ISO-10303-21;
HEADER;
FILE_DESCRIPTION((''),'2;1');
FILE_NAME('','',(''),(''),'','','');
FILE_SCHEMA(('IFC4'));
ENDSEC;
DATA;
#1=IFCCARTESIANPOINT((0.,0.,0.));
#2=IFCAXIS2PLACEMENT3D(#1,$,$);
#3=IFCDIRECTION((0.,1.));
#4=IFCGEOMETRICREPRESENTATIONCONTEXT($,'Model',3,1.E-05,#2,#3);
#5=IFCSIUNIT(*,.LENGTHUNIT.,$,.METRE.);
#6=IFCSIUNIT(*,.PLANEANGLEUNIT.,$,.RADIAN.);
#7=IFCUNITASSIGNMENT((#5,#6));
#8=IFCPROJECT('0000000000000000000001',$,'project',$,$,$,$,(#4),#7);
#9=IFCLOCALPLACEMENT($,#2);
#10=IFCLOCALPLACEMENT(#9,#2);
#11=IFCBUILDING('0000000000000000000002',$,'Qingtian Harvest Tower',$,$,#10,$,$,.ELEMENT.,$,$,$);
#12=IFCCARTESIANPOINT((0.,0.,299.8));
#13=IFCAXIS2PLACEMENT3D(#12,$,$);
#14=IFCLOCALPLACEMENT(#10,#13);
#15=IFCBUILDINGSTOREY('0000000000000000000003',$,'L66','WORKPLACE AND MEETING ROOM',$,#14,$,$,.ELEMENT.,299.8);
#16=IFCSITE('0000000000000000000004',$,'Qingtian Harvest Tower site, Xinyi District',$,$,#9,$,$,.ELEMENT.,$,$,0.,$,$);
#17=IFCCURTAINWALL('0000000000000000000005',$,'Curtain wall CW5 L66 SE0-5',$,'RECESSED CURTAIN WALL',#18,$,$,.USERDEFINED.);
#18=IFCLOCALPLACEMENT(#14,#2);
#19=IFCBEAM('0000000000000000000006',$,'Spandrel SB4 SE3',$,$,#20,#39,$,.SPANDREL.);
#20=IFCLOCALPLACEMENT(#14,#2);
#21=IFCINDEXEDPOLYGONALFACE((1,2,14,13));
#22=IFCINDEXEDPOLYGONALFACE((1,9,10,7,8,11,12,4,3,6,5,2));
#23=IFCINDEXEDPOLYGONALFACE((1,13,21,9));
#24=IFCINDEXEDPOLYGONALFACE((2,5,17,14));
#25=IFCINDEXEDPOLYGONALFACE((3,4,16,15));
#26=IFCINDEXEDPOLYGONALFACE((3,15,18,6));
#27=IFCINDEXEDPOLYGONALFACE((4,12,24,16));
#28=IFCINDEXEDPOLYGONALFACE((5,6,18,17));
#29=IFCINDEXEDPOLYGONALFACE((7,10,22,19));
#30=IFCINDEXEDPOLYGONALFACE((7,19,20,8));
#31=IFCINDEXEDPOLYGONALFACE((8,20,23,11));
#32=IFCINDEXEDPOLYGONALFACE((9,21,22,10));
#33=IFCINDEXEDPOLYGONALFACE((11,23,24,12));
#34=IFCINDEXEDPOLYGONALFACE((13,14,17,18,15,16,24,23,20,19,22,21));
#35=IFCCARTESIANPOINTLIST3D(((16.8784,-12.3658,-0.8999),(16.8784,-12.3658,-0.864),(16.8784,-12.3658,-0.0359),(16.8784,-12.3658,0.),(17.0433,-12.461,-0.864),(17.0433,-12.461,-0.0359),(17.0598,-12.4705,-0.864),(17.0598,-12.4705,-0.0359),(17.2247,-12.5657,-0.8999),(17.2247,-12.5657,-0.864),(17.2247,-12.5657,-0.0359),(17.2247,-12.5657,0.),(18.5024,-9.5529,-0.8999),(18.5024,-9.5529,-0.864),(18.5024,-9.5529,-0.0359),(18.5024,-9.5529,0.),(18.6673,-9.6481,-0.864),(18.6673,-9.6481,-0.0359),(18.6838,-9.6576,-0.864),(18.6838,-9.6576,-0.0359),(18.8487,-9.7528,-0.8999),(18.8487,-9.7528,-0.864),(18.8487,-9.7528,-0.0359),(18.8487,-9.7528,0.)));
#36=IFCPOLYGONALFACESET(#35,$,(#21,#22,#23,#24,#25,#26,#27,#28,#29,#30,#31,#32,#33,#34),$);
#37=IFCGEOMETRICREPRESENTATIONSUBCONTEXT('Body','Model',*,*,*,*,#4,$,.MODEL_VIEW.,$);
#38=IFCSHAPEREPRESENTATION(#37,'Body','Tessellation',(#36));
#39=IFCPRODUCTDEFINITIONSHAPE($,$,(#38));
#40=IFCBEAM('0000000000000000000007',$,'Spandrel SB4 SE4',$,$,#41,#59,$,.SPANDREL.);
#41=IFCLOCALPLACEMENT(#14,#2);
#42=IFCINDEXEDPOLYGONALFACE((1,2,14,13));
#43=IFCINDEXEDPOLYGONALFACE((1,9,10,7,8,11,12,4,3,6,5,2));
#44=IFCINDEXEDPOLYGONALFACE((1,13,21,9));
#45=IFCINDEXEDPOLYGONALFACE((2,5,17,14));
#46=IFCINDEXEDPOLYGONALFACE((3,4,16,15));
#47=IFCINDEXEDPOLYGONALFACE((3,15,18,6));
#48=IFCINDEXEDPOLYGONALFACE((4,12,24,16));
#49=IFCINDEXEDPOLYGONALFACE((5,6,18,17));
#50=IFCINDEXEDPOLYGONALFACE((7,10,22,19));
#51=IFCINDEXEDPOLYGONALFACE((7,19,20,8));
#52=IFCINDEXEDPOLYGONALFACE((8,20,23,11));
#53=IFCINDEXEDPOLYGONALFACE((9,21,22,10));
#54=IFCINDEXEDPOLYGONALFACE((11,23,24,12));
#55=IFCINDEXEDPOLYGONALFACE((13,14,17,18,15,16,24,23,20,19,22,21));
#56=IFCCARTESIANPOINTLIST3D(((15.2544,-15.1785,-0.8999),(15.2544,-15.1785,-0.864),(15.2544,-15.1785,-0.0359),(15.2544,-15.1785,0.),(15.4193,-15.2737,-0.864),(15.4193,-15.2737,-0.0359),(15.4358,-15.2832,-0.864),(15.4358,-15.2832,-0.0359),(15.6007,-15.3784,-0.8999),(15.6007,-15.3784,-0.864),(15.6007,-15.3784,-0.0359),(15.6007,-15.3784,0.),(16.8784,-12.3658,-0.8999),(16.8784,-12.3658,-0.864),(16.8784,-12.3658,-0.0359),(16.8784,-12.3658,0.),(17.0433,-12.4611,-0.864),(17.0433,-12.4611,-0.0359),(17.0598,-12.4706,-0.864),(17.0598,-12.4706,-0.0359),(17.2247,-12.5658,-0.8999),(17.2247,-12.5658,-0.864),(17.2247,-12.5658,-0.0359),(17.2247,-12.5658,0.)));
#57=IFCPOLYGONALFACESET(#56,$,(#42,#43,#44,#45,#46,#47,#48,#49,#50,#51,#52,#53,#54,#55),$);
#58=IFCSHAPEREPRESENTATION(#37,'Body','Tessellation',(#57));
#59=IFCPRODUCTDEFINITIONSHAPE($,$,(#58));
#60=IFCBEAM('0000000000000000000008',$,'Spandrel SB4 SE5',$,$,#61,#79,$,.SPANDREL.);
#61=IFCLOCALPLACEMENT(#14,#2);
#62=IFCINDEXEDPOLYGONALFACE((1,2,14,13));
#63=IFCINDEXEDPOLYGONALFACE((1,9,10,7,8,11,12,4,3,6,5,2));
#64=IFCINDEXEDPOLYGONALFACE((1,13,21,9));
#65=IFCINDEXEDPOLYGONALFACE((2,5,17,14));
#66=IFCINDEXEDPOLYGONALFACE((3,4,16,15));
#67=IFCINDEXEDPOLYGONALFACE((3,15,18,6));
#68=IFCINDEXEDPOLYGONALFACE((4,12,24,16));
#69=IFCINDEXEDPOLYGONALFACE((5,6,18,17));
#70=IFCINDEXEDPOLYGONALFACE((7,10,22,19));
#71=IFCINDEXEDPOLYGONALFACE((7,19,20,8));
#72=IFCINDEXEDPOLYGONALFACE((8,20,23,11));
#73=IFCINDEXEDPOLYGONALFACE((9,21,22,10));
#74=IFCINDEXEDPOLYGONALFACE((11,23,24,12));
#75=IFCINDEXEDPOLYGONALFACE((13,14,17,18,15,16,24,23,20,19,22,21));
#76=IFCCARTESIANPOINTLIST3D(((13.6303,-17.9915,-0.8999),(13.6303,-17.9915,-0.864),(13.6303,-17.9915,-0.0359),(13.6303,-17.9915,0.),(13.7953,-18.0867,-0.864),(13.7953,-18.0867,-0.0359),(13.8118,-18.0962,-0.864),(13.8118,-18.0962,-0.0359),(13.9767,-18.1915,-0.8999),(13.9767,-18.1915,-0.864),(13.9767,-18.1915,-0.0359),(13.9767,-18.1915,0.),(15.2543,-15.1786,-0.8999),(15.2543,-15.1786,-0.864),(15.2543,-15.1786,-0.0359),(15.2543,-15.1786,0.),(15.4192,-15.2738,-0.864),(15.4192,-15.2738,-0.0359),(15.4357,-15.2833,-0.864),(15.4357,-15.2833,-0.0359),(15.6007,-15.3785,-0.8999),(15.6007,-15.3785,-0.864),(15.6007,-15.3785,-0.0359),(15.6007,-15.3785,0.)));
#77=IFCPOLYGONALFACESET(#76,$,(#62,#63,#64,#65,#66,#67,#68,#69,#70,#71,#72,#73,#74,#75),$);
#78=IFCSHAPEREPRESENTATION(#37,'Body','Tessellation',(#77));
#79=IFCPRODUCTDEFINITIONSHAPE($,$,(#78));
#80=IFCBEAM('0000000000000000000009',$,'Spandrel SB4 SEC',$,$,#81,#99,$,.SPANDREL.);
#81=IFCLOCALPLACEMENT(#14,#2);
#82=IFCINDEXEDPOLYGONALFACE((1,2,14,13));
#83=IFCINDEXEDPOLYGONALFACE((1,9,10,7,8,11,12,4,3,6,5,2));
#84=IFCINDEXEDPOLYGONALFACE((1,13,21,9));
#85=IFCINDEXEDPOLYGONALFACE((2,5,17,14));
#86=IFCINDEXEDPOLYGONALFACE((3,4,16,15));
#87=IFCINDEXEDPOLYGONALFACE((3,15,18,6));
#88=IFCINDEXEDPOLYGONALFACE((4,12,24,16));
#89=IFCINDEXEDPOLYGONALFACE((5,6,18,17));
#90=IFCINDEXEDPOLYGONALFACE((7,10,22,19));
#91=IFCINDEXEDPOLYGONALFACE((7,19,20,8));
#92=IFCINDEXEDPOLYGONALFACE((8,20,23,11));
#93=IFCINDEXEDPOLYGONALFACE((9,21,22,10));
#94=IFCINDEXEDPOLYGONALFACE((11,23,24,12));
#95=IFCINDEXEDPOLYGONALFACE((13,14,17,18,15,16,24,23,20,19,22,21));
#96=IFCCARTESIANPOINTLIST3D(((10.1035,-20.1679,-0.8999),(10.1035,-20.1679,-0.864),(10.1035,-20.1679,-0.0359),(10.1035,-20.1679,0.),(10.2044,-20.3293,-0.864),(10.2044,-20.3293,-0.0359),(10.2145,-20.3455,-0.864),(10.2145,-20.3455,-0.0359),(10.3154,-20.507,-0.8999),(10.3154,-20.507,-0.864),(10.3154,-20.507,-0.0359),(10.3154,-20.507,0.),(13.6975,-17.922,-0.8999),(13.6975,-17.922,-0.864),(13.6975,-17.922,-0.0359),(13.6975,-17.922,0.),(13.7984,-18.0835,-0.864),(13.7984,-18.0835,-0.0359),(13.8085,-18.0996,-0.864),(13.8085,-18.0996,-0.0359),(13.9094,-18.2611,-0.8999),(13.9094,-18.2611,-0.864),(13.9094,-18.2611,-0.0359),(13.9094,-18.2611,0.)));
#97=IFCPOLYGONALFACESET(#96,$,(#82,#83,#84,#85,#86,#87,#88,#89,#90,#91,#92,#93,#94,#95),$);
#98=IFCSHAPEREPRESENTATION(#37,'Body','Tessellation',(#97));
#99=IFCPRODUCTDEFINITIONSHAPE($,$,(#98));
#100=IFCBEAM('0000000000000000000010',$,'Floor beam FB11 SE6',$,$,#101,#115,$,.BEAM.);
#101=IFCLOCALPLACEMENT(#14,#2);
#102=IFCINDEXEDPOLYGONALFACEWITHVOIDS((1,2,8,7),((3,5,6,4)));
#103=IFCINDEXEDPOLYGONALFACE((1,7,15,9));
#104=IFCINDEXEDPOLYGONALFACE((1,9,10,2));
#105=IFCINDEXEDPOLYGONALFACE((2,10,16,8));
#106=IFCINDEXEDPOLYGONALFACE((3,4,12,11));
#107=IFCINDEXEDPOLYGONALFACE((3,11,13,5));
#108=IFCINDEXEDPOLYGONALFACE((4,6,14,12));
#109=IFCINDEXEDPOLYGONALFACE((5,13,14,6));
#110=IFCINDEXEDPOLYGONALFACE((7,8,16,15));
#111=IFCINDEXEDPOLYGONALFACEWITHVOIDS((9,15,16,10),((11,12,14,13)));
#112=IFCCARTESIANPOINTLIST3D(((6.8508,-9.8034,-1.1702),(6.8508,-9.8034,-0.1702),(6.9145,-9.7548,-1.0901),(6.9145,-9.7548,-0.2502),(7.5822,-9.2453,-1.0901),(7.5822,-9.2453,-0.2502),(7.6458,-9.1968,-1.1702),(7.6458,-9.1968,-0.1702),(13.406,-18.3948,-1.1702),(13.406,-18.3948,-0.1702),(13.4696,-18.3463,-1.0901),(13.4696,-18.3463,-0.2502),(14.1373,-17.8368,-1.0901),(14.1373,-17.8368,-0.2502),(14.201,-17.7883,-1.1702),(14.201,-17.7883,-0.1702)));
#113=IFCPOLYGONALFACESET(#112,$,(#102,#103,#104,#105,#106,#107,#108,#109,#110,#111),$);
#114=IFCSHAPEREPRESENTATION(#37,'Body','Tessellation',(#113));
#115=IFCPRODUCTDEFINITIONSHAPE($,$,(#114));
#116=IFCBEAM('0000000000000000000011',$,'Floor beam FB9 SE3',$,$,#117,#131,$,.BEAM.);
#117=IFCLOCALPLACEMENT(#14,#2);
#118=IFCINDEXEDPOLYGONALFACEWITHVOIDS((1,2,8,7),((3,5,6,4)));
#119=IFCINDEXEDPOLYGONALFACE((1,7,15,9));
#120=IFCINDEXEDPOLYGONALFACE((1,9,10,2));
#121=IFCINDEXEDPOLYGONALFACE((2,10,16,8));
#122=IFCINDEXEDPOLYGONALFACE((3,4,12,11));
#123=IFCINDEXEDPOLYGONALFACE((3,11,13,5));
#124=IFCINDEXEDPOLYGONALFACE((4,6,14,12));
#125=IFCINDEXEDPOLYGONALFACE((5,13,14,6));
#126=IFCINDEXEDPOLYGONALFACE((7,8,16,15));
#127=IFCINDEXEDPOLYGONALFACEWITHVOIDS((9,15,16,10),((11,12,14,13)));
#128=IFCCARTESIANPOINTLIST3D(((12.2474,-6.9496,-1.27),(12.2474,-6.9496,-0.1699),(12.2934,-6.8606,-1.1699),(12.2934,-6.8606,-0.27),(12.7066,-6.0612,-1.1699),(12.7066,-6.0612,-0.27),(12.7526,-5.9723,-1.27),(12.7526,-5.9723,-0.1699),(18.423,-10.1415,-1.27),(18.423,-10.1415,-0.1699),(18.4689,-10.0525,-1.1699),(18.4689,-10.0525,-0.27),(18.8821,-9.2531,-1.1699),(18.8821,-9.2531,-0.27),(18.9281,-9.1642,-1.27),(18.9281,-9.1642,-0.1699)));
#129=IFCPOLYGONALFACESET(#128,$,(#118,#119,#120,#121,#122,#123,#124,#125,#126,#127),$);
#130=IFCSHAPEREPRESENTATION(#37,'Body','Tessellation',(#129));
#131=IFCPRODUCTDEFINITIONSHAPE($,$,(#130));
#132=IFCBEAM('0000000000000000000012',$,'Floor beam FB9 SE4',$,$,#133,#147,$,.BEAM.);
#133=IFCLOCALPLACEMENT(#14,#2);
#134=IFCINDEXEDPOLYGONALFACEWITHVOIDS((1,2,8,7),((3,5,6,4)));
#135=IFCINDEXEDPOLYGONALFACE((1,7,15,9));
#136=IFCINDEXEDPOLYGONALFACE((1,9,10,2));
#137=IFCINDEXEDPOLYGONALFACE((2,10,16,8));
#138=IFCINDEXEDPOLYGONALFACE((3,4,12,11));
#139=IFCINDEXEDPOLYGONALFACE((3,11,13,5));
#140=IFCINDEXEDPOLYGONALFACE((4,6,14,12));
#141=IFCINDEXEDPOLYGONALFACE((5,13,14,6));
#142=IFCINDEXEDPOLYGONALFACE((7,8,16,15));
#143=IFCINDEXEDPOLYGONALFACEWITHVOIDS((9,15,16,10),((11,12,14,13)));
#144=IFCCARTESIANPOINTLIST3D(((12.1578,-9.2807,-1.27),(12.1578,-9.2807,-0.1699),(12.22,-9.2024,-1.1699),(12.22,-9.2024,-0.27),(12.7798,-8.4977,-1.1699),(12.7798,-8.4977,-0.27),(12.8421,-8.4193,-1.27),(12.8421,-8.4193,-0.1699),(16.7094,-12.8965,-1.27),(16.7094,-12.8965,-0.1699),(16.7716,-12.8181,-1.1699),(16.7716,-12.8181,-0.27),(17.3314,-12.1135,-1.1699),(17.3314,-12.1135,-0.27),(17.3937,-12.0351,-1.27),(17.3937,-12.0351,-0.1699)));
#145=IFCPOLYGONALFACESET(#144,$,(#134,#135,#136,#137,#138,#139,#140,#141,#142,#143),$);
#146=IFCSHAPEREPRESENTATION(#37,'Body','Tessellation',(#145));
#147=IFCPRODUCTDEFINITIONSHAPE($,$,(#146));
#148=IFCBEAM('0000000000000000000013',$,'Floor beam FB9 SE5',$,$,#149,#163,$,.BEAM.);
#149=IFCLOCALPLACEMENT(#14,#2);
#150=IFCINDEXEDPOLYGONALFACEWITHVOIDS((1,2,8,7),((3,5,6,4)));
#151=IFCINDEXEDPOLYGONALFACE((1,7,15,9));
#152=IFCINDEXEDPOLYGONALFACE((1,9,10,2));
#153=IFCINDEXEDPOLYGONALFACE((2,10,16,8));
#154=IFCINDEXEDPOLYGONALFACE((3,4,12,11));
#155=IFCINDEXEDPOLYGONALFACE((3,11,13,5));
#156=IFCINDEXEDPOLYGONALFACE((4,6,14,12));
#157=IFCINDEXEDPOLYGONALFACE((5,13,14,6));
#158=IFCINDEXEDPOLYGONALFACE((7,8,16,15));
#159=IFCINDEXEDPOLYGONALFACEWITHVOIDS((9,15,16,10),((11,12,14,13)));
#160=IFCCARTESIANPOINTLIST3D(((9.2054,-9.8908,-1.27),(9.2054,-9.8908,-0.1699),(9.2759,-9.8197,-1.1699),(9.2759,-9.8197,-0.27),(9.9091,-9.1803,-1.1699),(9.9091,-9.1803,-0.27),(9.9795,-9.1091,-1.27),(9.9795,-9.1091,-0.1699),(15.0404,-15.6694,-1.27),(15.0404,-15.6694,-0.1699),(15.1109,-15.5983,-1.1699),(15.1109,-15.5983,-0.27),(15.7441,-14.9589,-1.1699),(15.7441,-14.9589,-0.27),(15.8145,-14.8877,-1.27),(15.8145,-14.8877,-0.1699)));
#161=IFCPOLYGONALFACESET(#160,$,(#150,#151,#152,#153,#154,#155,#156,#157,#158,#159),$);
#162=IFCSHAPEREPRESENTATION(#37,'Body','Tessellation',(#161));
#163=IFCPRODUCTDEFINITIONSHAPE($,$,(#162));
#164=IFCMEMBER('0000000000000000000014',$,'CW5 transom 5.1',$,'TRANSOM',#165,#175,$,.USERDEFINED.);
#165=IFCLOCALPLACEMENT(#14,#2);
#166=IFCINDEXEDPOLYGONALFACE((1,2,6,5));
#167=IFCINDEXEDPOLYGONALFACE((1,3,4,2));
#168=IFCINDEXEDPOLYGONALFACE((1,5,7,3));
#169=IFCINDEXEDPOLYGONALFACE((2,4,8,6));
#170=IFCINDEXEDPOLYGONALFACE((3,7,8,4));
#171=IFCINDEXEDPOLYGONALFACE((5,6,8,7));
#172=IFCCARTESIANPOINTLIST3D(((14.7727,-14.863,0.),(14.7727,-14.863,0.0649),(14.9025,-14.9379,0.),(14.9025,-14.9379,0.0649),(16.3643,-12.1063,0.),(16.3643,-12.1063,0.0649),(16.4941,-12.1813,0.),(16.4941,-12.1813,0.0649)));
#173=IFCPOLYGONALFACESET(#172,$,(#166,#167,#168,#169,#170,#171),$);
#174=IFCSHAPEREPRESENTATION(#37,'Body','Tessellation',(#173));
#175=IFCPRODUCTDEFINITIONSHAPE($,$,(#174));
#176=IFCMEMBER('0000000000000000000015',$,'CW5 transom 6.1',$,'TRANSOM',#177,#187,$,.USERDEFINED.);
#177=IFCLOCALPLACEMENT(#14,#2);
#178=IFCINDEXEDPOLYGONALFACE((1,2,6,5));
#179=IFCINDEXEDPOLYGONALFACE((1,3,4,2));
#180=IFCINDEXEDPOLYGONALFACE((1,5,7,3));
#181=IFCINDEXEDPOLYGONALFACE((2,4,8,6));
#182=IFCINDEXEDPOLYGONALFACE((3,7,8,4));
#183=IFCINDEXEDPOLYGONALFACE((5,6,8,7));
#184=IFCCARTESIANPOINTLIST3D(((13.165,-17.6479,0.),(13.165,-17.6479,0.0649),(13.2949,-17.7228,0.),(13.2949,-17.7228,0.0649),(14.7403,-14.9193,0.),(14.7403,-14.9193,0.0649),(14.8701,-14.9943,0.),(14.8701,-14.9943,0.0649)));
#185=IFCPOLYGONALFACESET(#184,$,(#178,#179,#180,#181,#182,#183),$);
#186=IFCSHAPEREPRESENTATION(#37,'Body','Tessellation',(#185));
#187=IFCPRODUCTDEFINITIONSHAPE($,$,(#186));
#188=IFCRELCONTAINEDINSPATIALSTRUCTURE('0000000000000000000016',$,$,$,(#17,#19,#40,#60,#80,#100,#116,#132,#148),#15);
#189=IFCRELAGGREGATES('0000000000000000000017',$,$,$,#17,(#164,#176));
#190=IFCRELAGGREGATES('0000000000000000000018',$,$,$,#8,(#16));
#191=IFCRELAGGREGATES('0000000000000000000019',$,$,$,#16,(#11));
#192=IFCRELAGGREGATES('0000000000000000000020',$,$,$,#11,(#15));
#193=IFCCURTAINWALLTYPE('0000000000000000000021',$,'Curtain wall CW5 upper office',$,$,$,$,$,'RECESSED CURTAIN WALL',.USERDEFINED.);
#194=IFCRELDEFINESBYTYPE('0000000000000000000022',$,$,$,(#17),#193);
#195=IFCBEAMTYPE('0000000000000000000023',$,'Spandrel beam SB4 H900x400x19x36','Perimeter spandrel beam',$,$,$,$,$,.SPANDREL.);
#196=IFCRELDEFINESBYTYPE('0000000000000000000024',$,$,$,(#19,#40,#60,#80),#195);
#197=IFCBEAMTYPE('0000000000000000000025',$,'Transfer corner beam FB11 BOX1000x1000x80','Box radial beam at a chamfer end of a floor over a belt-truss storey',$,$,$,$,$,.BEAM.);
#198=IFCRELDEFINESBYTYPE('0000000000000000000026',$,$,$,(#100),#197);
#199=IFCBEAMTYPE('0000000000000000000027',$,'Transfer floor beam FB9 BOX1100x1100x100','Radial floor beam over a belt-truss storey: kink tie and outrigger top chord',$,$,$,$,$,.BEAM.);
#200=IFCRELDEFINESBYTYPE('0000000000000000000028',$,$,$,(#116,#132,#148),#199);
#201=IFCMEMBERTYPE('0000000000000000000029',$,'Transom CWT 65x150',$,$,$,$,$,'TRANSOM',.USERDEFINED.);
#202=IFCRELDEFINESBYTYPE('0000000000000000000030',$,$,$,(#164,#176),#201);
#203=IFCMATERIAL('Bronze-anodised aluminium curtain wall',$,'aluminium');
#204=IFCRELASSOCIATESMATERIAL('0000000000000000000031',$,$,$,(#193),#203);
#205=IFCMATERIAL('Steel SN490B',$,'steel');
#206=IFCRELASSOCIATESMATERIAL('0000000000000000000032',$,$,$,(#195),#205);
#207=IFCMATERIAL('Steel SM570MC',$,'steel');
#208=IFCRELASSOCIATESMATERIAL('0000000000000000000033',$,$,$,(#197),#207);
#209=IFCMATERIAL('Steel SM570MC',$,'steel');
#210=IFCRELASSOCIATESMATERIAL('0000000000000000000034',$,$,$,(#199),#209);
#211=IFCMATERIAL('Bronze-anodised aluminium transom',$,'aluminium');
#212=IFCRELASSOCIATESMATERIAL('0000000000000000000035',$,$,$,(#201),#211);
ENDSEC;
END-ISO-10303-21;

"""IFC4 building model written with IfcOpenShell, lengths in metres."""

from ifc_helpers import new_model, si_unit, direction, frame, origin, origin_2d, place, context, subcontext, project, spatial, rectangle, hollow_rectangle, i_section, extrude, material, material_profile, profile_set, type_object, element, aggregate, save


model = new_model("IFC4")

# Units and contexts
model_context = context("Model", 3, precision=1e-05, world=origin(), true_north=direction((0.0, 1.0)))
body_context = subcontext(model_context, "Body", "Model", "MODEL_VIEW")
ifc_project = project(units=[si_unit("LENGTHUNIT", "METRE"), si_unit("PLANEANGLEUNIT", "RADIAN")], contexts=[model_context])

# Site, building, storey
site_placement = place(None, origin())
site = spatial("IfcSite", under=ifc_project, at=site_placement, Name="Qingtian Harvest Tower site, Xinyi District", CompositionType="ELEMENT", RefElevation=0.0)
building_placement = place(site_placement, origin())
building = spatial("IfcBuilding", under=site, at=building_placement, Name="Qingtian Harvest Tower", CompositionType="ELEMENT")
storey_placement = place(building_placement, frame((0.0, 0.0, 299.8)))
storey = spatial("IfcBuildingStorey", under=building, at=storey_placement, Name="L66", Description="WORKPLACE AND MEETING ROOM", CompositionType="ELEMENT", Elevation=299.8)

# Curtain wall
ifc_material_1 = material(Name="Bronze-anodised aluminium curtain wall", Category="aluminium")
curtain_wall_type = type_object("IfcCurtainWallType", Name="Curtain wall CW5 upper office", ElementType="RECESSED CURTAIN WALL", PredefinedType="USERDEFINED", material=ifc_material_1)
curtain_wall_1_placement = place(storey_placement, origin())
curtain_wall_1 = element("IfcCurtainWall", 1, at=curtain_wall_1_placement, inside=storey, type_object=curtain_wall_type, Name="Curtain wall CW5 L66 SE0-5", ObjectType="RECESSED CURTAIN WALL", PredefinedType="USERDEFINED")

# Beams
ifc_material_2 = material(Name="Steel SN490B", Category="steel")
ifc_material_profile_1 = material_profile(ifc_material_2, i_section(OverallWidth=0.3999, OverallDepth=0.8999, WebThickness=0.019, FlangeThickness=0.0359, at=origin_2d()), Name="H900x400x19x36")
ifc_profile_set_1 = profile_set([ifc_material_profile_1], Name="Steel SN490B")
beam_type_1 = type_object("IfcBeamType", Name="Spandrel beam SB4 H900x400x19x36", Description="Perimeter spandrel beam", PredefinedType="SPANDREL", material=ifc_profile_set_1)
beam_1_placement = place(storey_placement, frame((18.6755, -9.6528, -0.45), z_axis=(-0.499987, -0.866033, 0.0), x_axis=(0.866033, -0.499987, 0.0)))
element("IfcBeam", 2, at=beam_1_placement, inside=storey, type_object=beam_type_1, Name="Spandrel SB4 SE3", PredefinedType="SPANDREL", context=body_context, shape_type="SweptSolid", body=[
    extrude(i_section(OverallWidth=0.3999, OverallDepth=0.8999, WebThickness=0.019, FlangeThickness=0.0359, at=origin_2d()), origin(), (0.0, 0.0, 1.0), 3.248),
])
beam_2_placement = place(storey_placement, frame((17.0515, -12.4658, -0.45), z_axis=(-0.50002, -0.866014, 0.0), x_axis=(0.866014, -0.50002, 0.0)))
element("IfcBeam", 3, at=beam_2_placement, inside=storey, type_object=beam_type_1, Name="Spandrel SB4 SE4", PredefinedType="SPANDREL", context=body_context, shape_type="SweptSolid", body=[
    extrude(i_section(OverallWidth=0.3999, OverallDepth=0.8999, WebThickness=0.019, FlangeThickness=0.0359, at=origin_2d()), origin(), (0.0, 0.0, 1.0), 3.2478),
])
beam_3_placement = place(storey_placement, frame((15.4275, -15.2786, -0.45), z_axis=(-0.499987, -0.866033, 0.0), x_axis=(0.866033, -0.499987, 0.0)))
element("IfcBeam", 4, at=beam_3_placement, inside=storey, type_object=beam_type_1, Name="Spandrel SB4 SE5", PredefinedType="SPANDREL", context=body_context, shape_type="SweptSolid", body=[
    extrude(i_section(OverallWidth=0.3999, OverallDepth=0.8999, WebThickness=0.019, FlangeThickness=0.0359, at=origin_2d()), origin(), (0.0, 0.0, 1.0), 3.248),
])
beam_4_placement = place(storey_placement, frame((13.8035, -18.0916, -0.45), z_axis=(-0.84804, -0.529932, 0.0), x_axis=(0.529932, -0.84804, 0.0)))
element("IfcBeam", 5, at=beam_4_placement, inside=storey, type_object=beam_type_1, Name="Spandrel SB4 SEC", PredefinedType="SPANDREL", context=body_context, shape_type="SweptSolid", body=[
    extrude(i_section(OverallWidth=0.3999, OverallDepth=0.8999, WebThickness=0.019, FlangeThickness=0.0359, at=origin_2d()), origin(), (0.0, 0.0, 1.0), 4.238),
])
ifc_material_3 = material(Name="Steel SM570MC", Category="steel")
ifc_material_profile_2 = material_profile(ifc_material_3, hollow_rectangle(XDim=1.0, YDim=1.0, WallThickness=0.0801, at=origin_2d()), Name="BOX1000x1000x80")
ifc_profile_set_2 = profile_set([ifc_material_profile_2], Name="Steel SM570MC")
beam_type_2 = type_object("IfcBeamType", Name="Transfer corner beam FB11 BOX1000x1000x80", Description="Box radial beam at a chamfer end of a floor over a belt-truss storey", PredefinedType="BEAM", material=ifc_profile_set_2)
beam_5_placement = place(storey_placement, frame((13.8035, -18.0916, -0.6702), z_axis=(-0.606584, 0.79502, 0.0), x_axis=(-0.79502, -0.606584, 0.0)))
element("IfcBeam", 6, at=beam_5_placement, inside=storey, type_object=beam_type_2, Name="Floor beam FB11 SE6", PredefinedType="BEAM", context=body_context, shape_type="SweptSolid", body=[
    extrude(hollow_rectangle(XDim=1.0, YDim=1.0, WallThickness=0.0801, at=origin_2d()), origin(), (0.0, 0.0, 1.0), 10.8066),
])
ifc_material_4 = material(Name="Steel SM570MC", Category="steel")
ifc_material_profile_3 = material_profile(ifc_material_4, hollow_rectangle(XDim=1.1001, YDim=1.1001, WallThickness=0.1001, at=origin_2d()), Name="BOX1100x1100x100")
ifc_profile_set_3 = profile_set([ifc_material_profile_3], Name="Steel SM570MC")
beam_type_3 = type_object("IfcBeamType", Name="Transfer floor beam FB9 BOX1100x1100x100", Description="Radial floor beam over a belt-truss storey: kink tie and outrigger top chord", PredefinedType="BEAM", material=ifc_profile_set_3)
beam_6_placement = place(storey_placement, frame((18.6755, -9.6528, -0.72), z_axis=(-0.888355, 0.459156, 0.0), x_axis=(-0.459156, -0.888355, 0.0)))
element("IfcBeam", 7, at=beam_6_placement, inside=storey, type_object=beam_type_3, Name="Floor beam FB9 SE3", PredefinedType="BEAM", context=body_context, shape_type="SweptSolid", body=[
    extrude(hollow_rectangle(XDim=1.1001, YDim=1.1001, WallThickness=0.1001, at=origin_2d()), origin(), (0.0, 0.0, 1.0), 6.9517),
])
beam_7_placement = place(storey_placement, frame((17.0515, -12.4658, -0.72), z_axis=(-0.783003, 0.622018, 0.0), x_axis=(-0.622018, -0.783003, 0.0)))
element("IfcBeam", 8, at=beam_7_placement, inside=storey, type_object=beam_type_3, Name="Floor beam FB9 SE4", PredefinedType="BEAM", context=body_context, shape_type="SweptSolid", body=[
    extrude(hollow_rectangle(XDim=1.1001, YDim=1.1001, WallThickness=0.1001, at=origin_2d()), origin(), (0.0, 0.0, 1.0), 5.813),
])
beam_8_placement = place(storey_placement, frame((15.4275, -15.2786, -0.72), z_axis=(-0.710532, 0.703665, 0.0), x_axis=(-0.703665, -0.710532, 0.0)))
element("IfcBeam", 9, at=beam_8_placement, inside=storey, type_object=beam_type_3, Name="Floor beam FB9 SE5", PredefinedType="BEAM", context=body_context, shape_type="SweptSolid", body=[
    extrude(hollow_rectangle(XDim=1.1001, YDim=1.1001, WallThickness=0.1001, at=origin_2d()), origin(), (0.0, 0.0, 1.0), 8.2122),
])

# Members
ifc_material_5 = material(Name="Bronze-anodised aluminium transom", Category="aluminium")
ifc_material_profile_4 = material_profile(ifc_material_5, rectangle(XDim=0.1499, YDim=0.0649, at=origin_2d()), Name="AL 65x150")
ifc_profile_set_4 = profile_set([ifc_material_profile_4], Name="Bronze-anodised aluminium transom")
member_type_1 = type_object("IfcMemberType", Name="Transom CWT 65x150", ElementType="TRANSOM", PredefinedType="USERDEFINED", material=ifc_profile_set_4)
member_1_placement = place(storey_placement, frame((16.4292, -12.1438, 0.0325), z_axis=(-0.500008, -0.866021, 0.0), x_axis=(0.866021, -0.500008, 0.0)))
member_1 = element("IfcMember", 10, at=member_1_placement, type_object=member_type_1, Name="CW5 transom 5.1", ObjectType="TRANSOM", PredefinedType="USERDEFINED", context=body_context, shape_type="SweptSolid", body=[
    extrude(rectangle(XDim=0.1499, YDim=0.0649, at=origin_2d()), origin(), (0.0, 0.0, 1.0), 3.1831),
])
member_2_placement = place(storey_placement, frame((14.8052, -14.9568, 0.0325), z_axis=(-0.499973, -0.866041, 0.0), x_axis=(0.866041, -0.499973, 0.0)))
member_2 = element("IfcMember", 11, at=member_2_placement, type_object=member_type_1, Name="CW5 transom 6.1", ObjectType="TRANSOM", PredefinedType="USERDEFINED", context=body_context, shape_type="SweptSolid", body=[
    extrude(rectangle(XDim=0.1499, YDim=0.0649, at=origin_2d()), origin(), (0.0, 0.0, 1.0), 3.1506),
])

aggregate(curtain_wall_1, [member_1, member_2])

save(model, "model.ifc")
